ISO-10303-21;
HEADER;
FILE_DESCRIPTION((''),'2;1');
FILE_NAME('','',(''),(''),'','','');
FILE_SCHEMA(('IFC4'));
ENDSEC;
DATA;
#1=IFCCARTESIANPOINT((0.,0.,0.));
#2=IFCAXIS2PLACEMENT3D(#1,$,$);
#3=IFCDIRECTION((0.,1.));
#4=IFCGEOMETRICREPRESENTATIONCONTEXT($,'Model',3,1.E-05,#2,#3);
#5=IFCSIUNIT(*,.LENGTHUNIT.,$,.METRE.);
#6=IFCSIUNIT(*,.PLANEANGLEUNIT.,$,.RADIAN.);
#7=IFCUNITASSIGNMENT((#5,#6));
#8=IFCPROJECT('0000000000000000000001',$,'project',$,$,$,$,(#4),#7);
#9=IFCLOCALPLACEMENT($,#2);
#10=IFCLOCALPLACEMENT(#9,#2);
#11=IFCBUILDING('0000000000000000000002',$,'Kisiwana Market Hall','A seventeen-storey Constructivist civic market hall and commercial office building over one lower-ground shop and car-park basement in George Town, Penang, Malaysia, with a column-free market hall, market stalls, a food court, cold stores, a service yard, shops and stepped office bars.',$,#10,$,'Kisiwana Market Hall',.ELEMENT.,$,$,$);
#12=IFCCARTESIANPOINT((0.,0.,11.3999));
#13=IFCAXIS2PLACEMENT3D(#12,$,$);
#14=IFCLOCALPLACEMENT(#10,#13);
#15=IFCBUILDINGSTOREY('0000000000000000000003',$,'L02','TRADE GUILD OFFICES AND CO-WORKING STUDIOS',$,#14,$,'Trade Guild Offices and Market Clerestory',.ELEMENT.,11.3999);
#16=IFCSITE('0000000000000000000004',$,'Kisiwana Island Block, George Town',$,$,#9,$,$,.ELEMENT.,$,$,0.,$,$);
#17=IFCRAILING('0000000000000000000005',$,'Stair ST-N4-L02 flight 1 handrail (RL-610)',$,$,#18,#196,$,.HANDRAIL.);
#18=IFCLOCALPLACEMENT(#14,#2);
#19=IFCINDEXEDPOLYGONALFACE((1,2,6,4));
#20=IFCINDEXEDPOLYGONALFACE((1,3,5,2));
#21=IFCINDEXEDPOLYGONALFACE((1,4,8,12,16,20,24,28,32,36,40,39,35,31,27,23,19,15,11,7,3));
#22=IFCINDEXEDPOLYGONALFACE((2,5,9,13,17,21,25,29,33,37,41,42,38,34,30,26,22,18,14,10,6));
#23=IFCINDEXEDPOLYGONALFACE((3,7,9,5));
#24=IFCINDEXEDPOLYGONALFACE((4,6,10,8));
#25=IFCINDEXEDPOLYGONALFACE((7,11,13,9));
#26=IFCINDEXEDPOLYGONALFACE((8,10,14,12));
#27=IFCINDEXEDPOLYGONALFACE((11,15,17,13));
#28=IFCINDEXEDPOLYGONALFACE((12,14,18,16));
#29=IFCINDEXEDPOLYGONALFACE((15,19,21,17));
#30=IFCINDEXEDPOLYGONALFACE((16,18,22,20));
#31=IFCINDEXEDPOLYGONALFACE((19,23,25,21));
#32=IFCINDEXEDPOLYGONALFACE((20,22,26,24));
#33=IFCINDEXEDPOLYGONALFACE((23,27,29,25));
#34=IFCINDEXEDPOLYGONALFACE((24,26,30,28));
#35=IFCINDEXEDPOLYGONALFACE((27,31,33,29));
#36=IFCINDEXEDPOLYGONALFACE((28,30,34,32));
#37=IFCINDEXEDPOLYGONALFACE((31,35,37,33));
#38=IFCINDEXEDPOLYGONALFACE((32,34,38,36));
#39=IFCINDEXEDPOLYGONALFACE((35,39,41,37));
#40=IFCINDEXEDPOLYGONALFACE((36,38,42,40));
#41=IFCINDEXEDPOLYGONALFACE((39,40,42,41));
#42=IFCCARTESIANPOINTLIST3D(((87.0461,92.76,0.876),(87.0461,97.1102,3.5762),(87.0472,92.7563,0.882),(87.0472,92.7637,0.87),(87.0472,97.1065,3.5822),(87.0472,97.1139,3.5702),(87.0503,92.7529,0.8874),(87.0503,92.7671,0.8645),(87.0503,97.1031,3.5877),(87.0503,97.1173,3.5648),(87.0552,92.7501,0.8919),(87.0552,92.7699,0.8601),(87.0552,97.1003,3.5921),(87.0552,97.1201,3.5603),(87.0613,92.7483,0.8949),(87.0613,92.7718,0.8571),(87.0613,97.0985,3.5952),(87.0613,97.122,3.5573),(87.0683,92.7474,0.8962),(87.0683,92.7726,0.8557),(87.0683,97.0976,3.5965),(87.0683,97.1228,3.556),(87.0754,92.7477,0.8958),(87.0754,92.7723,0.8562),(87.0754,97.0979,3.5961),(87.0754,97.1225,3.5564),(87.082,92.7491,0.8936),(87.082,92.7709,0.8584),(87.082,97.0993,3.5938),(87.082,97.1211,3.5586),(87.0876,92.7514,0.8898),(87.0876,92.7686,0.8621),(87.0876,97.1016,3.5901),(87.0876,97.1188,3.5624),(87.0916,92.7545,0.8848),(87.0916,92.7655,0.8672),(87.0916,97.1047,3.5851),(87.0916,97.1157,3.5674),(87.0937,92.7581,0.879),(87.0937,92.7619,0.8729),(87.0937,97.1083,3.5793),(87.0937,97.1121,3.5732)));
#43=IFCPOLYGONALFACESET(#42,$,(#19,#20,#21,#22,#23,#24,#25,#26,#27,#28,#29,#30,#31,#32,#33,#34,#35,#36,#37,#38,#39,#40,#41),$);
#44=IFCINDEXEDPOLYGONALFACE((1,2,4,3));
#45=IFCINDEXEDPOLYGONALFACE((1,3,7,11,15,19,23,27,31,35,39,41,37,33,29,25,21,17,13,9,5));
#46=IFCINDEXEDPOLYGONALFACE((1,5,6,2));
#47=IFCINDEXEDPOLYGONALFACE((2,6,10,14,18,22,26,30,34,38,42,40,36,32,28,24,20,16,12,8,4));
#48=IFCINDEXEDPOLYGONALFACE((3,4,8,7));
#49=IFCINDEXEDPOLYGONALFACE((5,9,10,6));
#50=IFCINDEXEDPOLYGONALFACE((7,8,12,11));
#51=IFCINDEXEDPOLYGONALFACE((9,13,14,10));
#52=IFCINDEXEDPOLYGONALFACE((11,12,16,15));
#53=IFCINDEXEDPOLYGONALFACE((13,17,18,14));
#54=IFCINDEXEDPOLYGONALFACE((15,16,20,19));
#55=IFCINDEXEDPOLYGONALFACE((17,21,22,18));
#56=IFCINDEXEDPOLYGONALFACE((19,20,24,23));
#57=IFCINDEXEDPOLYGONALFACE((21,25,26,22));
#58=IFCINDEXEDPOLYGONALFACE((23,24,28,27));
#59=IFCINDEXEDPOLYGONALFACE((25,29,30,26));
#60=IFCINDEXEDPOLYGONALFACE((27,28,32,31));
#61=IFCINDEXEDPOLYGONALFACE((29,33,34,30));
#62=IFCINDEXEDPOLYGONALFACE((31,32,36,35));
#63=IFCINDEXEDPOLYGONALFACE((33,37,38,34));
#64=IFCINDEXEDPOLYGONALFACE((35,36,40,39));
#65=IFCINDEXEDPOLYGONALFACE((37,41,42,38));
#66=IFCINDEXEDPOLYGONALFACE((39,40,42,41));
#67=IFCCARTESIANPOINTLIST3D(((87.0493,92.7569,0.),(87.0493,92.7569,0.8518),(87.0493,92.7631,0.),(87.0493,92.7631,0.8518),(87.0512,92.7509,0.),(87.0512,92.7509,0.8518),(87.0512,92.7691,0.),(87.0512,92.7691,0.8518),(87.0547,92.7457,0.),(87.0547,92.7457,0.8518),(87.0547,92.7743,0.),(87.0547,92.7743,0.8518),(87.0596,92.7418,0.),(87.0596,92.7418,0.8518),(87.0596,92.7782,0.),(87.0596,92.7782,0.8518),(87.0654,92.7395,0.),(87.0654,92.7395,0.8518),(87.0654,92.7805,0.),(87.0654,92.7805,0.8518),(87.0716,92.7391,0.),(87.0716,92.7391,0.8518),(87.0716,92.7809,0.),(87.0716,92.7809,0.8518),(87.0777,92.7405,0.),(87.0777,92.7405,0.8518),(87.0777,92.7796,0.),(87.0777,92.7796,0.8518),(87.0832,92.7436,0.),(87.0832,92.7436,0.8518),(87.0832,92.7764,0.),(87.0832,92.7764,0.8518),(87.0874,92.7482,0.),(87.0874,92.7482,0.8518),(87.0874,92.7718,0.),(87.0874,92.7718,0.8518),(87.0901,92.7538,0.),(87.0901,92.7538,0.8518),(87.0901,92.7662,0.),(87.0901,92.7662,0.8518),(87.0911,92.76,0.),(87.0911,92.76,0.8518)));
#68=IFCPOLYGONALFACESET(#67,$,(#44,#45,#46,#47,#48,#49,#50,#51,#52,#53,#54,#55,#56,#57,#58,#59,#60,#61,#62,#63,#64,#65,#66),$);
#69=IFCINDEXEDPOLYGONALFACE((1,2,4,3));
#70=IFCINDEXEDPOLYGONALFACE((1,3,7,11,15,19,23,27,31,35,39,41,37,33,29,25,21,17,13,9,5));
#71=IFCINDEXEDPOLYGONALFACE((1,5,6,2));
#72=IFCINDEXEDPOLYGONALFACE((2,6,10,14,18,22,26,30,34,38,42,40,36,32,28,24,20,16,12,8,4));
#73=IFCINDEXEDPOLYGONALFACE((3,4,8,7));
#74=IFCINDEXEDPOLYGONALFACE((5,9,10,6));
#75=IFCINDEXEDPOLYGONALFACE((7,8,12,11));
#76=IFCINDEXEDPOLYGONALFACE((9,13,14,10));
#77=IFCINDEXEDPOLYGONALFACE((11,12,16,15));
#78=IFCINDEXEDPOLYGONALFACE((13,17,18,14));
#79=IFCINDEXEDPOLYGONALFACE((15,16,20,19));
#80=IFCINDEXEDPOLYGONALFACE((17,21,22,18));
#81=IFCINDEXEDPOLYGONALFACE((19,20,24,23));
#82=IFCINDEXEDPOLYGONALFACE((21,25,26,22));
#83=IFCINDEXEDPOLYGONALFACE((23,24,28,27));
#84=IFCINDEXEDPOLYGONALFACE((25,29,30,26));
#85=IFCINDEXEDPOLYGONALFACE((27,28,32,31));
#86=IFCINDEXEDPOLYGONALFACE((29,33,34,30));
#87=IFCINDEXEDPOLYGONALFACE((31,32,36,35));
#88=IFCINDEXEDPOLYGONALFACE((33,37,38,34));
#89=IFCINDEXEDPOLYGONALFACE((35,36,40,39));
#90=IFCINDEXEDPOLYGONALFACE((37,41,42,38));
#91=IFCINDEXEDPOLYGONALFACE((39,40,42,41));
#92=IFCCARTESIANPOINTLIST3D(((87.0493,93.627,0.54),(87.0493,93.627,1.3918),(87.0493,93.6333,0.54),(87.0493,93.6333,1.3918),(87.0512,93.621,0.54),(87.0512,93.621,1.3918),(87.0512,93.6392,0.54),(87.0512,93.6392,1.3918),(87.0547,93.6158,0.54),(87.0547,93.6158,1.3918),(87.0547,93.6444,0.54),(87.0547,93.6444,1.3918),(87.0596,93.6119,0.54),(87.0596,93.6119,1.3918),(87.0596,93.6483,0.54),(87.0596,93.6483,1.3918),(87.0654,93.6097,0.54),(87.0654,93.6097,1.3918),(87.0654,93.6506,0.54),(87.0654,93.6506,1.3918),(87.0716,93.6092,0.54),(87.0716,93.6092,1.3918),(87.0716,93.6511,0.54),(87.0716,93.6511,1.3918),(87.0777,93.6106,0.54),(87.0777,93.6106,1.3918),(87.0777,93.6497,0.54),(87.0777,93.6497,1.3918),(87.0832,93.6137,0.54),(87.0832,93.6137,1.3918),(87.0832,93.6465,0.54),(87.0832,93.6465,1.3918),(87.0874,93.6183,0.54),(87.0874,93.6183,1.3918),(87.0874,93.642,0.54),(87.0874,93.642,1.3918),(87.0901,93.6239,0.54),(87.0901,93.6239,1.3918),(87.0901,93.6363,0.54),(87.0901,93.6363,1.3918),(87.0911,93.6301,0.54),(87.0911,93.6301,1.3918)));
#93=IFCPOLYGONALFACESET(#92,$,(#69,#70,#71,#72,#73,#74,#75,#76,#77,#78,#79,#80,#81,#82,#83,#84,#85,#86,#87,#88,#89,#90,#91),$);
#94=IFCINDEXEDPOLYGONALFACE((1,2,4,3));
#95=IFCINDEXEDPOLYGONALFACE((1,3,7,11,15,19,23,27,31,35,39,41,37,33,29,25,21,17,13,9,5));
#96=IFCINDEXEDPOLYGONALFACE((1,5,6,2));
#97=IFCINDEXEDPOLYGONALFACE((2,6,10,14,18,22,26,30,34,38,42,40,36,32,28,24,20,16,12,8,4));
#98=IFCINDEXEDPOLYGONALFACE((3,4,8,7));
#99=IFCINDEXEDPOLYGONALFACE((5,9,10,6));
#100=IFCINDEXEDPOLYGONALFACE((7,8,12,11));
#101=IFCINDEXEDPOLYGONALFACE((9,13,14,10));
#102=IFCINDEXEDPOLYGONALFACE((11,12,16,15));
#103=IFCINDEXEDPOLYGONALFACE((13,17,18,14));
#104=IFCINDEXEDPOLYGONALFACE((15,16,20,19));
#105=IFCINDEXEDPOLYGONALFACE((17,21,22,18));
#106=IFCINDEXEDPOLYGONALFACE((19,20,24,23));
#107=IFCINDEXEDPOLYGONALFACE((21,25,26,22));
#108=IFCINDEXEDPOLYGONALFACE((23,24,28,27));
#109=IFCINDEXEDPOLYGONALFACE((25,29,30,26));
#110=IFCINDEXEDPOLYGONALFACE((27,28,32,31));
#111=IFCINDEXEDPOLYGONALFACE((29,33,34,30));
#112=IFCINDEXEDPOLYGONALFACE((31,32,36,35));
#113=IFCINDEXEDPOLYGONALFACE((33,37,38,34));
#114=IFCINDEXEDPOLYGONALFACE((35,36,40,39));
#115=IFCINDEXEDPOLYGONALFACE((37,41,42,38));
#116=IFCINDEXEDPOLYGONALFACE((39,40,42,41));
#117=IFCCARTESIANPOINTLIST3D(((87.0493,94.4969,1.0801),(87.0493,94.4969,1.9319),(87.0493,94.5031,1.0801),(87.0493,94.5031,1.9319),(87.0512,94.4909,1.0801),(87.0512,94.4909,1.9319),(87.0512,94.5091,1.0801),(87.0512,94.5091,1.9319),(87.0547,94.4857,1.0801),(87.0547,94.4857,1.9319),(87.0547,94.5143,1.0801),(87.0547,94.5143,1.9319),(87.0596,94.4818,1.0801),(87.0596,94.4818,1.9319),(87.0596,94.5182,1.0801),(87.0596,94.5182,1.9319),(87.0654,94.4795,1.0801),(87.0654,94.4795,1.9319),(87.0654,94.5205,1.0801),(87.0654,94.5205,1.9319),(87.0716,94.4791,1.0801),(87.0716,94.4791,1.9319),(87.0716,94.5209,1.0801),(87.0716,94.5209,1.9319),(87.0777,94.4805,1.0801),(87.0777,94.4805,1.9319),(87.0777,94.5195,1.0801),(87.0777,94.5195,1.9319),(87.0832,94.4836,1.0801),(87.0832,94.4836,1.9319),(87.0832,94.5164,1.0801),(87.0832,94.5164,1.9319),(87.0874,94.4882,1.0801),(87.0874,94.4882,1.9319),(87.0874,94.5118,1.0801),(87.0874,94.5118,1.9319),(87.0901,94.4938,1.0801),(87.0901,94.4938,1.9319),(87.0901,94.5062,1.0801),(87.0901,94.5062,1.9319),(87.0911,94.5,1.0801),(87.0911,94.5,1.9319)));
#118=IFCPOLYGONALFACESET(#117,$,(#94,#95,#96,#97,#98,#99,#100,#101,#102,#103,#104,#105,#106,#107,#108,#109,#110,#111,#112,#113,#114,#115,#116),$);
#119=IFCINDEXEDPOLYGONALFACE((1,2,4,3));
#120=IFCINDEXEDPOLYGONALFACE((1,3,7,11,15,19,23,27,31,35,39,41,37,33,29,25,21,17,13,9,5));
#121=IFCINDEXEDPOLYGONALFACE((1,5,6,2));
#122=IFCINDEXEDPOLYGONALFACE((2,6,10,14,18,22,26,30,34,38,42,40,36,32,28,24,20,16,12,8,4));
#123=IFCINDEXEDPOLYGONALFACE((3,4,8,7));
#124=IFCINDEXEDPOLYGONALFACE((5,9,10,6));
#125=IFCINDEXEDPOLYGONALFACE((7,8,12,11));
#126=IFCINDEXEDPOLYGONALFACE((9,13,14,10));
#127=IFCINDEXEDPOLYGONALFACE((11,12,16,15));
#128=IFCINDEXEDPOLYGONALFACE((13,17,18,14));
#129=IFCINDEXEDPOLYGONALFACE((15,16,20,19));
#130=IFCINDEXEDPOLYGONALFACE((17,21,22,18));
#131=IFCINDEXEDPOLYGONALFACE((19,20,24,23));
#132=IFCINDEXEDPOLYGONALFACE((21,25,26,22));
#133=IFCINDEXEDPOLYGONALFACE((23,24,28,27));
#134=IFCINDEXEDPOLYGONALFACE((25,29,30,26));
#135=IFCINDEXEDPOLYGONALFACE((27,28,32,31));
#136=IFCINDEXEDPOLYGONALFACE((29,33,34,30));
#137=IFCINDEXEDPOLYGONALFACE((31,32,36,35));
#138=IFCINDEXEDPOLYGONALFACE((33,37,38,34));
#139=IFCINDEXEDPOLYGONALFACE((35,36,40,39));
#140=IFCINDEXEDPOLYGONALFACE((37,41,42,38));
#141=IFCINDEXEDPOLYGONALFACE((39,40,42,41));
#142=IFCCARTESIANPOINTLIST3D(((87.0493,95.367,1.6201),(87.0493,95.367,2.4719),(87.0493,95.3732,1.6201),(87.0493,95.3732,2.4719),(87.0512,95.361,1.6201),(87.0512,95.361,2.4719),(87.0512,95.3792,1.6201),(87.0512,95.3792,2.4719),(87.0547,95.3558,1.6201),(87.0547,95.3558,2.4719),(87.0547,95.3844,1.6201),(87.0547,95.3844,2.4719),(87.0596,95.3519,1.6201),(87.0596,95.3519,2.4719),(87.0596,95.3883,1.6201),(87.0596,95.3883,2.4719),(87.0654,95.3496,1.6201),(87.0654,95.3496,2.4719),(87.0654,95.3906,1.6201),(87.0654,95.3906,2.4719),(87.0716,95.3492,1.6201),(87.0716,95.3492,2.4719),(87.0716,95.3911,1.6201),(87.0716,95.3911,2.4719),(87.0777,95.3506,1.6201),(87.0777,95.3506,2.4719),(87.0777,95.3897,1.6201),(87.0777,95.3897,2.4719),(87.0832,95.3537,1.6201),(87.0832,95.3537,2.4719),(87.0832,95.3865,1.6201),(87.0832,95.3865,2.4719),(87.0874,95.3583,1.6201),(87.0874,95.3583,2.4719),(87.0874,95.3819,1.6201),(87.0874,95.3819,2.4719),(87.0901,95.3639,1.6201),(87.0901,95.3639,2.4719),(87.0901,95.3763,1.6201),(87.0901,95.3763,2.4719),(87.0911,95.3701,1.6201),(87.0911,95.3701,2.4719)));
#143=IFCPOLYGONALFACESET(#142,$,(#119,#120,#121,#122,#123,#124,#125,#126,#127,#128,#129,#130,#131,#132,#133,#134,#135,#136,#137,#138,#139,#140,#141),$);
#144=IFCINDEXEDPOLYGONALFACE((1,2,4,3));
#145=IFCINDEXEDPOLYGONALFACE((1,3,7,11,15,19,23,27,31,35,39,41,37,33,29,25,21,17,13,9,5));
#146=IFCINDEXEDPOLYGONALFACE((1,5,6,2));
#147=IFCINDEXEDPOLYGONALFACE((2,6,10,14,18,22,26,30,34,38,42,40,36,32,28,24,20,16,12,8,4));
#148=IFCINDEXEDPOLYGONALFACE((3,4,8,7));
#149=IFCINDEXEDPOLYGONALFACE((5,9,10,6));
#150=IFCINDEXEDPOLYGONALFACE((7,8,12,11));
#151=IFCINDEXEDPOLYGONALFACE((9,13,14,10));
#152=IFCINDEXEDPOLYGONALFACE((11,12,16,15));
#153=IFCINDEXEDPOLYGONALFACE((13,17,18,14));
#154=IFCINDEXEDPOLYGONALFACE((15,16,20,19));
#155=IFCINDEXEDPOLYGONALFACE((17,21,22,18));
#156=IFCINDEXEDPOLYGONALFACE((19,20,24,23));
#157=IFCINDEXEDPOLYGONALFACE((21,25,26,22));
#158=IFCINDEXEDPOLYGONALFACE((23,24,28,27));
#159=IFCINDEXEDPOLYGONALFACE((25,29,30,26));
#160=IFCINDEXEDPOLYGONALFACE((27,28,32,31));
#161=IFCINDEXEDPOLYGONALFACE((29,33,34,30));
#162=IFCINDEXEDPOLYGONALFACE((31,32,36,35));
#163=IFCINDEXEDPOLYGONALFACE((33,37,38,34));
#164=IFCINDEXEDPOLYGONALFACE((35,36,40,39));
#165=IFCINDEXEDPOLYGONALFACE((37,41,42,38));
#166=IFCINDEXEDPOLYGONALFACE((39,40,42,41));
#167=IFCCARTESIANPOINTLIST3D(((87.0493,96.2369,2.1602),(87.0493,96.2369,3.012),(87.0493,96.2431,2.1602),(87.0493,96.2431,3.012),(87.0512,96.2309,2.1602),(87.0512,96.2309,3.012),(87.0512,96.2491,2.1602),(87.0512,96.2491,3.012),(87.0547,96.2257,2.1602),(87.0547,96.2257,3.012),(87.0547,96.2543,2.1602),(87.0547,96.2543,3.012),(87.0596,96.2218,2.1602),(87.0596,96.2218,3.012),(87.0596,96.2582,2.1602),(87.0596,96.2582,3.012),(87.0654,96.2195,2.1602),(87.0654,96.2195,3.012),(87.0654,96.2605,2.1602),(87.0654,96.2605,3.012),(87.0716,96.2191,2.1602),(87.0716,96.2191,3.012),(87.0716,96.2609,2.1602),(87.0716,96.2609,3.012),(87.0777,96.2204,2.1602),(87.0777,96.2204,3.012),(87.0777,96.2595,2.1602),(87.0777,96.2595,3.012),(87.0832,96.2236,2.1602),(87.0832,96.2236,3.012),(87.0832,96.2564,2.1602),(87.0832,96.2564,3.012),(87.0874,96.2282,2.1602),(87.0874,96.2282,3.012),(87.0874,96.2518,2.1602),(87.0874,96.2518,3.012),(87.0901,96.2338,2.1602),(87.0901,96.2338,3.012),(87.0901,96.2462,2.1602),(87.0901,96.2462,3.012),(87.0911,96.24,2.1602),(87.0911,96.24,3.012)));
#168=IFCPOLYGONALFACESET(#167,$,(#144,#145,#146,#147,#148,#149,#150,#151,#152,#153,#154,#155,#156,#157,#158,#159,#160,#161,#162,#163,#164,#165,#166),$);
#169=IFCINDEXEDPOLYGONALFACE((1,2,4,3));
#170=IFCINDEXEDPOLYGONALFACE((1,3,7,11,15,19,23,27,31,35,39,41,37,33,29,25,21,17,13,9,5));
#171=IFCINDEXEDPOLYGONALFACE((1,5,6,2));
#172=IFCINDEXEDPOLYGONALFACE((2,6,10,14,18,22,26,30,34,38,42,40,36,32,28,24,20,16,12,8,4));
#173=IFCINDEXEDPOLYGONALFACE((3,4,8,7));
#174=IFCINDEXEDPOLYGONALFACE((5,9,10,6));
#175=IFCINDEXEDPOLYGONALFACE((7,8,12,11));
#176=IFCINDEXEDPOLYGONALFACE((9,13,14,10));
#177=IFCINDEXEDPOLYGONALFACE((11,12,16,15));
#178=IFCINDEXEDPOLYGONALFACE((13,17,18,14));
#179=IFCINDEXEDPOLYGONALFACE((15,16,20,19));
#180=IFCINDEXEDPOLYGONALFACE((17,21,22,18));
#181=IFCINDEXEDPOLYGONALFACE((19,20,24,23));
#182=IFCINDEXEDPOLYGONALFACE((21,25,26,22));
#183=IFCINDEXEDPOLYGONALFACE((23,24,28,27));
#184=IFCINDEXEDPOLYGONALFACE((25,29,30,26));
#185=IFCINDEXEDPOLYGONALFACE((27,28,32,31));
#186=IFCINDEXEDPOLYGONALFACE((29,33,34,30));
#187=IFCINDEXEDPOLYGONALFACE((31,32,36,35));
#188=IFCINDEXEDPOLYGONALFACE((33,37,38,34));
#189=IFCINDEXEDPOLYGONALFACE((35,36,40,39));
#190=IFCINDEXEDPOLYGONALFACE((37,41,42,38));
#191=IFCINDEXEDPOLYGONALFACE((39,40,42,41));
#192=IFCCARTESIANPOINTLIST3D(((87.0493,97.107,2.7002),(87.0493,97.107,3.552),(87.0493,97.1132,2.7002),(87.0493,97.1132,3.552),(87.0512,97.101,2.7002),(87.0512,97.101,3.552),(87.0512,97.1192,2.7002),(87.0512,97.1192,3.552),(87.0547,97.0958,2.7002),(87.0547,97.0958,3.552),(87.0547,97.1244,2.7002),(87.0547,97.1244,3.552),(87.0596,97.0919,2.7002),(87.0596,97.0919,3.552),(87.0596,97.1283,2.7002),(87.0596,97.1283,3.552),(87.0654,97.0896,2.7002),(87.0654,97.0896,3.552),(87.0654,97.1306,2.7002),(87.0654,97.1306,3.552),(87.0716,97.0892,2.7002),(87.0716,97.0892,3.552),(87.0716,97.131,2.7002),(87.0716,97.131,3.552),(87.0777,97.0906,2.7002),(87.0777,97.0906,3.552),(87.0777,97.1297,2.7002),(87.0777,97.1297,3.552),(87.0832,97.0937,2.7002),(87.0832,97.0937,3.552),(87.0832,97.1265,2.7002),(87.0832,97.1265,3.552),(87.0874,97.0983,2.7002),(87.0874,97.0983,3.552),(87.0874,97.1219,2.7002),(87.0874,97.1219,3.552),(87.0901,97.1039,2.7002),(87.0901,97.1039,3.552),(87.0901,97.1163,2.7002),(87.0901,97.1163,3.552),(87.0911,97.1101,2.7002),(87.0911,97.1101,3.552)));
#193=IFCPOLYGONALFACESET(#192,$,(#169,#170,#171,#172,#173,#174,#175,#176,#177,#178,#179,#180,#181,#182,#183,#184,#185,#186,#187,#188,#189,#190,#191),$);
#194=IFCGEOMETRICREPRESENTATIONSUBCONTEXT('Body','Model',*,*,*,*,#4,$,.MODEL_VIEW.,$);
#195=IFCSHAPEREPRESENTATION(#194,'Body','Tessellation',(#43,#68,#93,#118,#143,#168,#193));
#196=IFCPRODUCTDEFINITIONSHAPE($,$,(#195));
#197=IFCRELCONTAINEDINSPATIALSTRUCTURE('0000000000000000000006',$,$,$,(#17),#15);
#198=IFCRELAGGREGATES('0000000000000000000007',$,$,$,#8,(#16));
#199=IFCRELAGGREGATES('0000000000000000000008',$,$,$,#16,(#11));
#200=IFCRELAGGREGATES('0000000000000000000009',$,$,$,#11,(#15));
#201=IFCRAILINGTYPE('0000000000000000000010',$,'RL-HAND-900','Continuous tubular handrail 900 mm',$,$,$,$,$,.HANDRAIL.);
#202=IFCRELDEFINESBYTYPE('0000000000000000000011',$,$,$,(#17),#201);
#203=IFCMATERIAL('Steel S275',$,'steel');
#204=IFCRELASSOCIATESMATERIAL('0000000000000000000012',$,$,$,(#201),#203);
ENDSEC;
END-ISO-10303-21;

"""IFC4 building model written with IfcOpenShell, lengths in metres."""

from ifc_helpers import new_model, si_unit, direction, frame, origin, origin_2d, place, context, subcontext, project, spatial, circle, extrude, material, type_object, element, save


model = new_model("IFC4")

# Units and contexts
model_context = context("Model", 3, precision=1e-05, world=origin(), true_north=direction((0.0, 1.0)))
body_context = subcontext(model_context, "Body", "Model", "MODEL_VIEW")
ifc_project = project(units=[si_unit("LENGTHUNIT", "METRE"), si_unit("PLANEANGLEUNIT", "RADIAN")], contexts=[model_context])

# Site, building, storey
site_placement = place(None, origin())
site = spatial("IfcSite", under=ifc_project, at=site_placement, Name="Kisiwana Island Block, George Town", CompositionType="ELEMENT", RefElevation=0.0)
building_placement = place(site_placement, origin())
building = spatial("IfcBuilding", under=site, at=building_placement, Name="Kisiwana Market Hall", Description="A seventeen-storey Constructivist civic market hall and commercial office building over one lower-ground shop and car-park basement in George Town, Penang, Malaysia, with a column-free market hall, market stalls, a food court, cold stores, a service yard, shops and stepped office bars.", LongName="Kisiwana Market Hall", CompositionType="ELEMENT")
storey_placement = place(building_placement, frame((0.0, 0.0, 11.3999)))
storey = spatial("IfcBuildingStorey", under=building, at=storey_placement, Name="L02", Description="TRADE GUILD OFFICES AND CO-WORKING STUDIOS", LongName="Trade Guild Offices and Market Clerestory", CompositionType="ELEMENT", Elevation=11.3999)

# Railing
ifc_material_1 = material(Name="Steel S275", Category="steel")
railing_type_1 = type_object("IfcRailingType", Name="RL-HAND-900", Description="Continuous tubular handrail 900 mm", PredefinedType="HANDRAIL", material=ifc_material_1)
railing_1_placement = place(storey_placement, frame((87.0701, 92.76, 0.0)))
element("IfcRailing", 1, at=railing_1_placement, inside=storey, type_object=railing_type_1, Name="Stair ST-N4-L02 flight 1 handrail (RL-610)", PredefinedType="HANDRAIL", context=body_context, shape_type="SweptSolid", body=[
    extrude(circle(Radius=0.0239, at=origin_2d()), frame((0.0, 0.0, 0.876), z_axis=(0.0, 0.849628, 0.527382), x_axis=(-1.0, 0.0, 0.0)), (0.0, 0.0, 1.0), 5.1201),
    extrude(circle(Radius=0.021, at=origin_2d()), origin(), (0.0, 0.0, 1.0), 0.8518),
    extrude(circle(Radius=0.021, at=origin_2d()), frame((0.0, 0.8701, 0.54)), (0.0, 0.0, 1.0), 0.8518),
    extrude(circle(Radius=0.021, at=origin_2d()), frame((0.0, 1.74, 1.0801)), (0.0, 0.0, 1.0), 0.8518),
    extrude(circle(Radius=0.021, at=origin_2d()), frame((0.0, 2.6101, 1.6201)), (0.0, 0.0, 1.0), 0.8518),
    extrude(circle(Radius=0.021, at=origin_2d()), frame((0.0, 3.48, 2.1602)), (0.0, 0.0, 1.0), 0.8518),
    extrude(circle(Radius=0.021, at=origin_2d()), frame((0.0, 4.3501, 2.7002)), (0.0, 0.0, 1.0), 0.8518),
])

save(model, "model.ifc")
